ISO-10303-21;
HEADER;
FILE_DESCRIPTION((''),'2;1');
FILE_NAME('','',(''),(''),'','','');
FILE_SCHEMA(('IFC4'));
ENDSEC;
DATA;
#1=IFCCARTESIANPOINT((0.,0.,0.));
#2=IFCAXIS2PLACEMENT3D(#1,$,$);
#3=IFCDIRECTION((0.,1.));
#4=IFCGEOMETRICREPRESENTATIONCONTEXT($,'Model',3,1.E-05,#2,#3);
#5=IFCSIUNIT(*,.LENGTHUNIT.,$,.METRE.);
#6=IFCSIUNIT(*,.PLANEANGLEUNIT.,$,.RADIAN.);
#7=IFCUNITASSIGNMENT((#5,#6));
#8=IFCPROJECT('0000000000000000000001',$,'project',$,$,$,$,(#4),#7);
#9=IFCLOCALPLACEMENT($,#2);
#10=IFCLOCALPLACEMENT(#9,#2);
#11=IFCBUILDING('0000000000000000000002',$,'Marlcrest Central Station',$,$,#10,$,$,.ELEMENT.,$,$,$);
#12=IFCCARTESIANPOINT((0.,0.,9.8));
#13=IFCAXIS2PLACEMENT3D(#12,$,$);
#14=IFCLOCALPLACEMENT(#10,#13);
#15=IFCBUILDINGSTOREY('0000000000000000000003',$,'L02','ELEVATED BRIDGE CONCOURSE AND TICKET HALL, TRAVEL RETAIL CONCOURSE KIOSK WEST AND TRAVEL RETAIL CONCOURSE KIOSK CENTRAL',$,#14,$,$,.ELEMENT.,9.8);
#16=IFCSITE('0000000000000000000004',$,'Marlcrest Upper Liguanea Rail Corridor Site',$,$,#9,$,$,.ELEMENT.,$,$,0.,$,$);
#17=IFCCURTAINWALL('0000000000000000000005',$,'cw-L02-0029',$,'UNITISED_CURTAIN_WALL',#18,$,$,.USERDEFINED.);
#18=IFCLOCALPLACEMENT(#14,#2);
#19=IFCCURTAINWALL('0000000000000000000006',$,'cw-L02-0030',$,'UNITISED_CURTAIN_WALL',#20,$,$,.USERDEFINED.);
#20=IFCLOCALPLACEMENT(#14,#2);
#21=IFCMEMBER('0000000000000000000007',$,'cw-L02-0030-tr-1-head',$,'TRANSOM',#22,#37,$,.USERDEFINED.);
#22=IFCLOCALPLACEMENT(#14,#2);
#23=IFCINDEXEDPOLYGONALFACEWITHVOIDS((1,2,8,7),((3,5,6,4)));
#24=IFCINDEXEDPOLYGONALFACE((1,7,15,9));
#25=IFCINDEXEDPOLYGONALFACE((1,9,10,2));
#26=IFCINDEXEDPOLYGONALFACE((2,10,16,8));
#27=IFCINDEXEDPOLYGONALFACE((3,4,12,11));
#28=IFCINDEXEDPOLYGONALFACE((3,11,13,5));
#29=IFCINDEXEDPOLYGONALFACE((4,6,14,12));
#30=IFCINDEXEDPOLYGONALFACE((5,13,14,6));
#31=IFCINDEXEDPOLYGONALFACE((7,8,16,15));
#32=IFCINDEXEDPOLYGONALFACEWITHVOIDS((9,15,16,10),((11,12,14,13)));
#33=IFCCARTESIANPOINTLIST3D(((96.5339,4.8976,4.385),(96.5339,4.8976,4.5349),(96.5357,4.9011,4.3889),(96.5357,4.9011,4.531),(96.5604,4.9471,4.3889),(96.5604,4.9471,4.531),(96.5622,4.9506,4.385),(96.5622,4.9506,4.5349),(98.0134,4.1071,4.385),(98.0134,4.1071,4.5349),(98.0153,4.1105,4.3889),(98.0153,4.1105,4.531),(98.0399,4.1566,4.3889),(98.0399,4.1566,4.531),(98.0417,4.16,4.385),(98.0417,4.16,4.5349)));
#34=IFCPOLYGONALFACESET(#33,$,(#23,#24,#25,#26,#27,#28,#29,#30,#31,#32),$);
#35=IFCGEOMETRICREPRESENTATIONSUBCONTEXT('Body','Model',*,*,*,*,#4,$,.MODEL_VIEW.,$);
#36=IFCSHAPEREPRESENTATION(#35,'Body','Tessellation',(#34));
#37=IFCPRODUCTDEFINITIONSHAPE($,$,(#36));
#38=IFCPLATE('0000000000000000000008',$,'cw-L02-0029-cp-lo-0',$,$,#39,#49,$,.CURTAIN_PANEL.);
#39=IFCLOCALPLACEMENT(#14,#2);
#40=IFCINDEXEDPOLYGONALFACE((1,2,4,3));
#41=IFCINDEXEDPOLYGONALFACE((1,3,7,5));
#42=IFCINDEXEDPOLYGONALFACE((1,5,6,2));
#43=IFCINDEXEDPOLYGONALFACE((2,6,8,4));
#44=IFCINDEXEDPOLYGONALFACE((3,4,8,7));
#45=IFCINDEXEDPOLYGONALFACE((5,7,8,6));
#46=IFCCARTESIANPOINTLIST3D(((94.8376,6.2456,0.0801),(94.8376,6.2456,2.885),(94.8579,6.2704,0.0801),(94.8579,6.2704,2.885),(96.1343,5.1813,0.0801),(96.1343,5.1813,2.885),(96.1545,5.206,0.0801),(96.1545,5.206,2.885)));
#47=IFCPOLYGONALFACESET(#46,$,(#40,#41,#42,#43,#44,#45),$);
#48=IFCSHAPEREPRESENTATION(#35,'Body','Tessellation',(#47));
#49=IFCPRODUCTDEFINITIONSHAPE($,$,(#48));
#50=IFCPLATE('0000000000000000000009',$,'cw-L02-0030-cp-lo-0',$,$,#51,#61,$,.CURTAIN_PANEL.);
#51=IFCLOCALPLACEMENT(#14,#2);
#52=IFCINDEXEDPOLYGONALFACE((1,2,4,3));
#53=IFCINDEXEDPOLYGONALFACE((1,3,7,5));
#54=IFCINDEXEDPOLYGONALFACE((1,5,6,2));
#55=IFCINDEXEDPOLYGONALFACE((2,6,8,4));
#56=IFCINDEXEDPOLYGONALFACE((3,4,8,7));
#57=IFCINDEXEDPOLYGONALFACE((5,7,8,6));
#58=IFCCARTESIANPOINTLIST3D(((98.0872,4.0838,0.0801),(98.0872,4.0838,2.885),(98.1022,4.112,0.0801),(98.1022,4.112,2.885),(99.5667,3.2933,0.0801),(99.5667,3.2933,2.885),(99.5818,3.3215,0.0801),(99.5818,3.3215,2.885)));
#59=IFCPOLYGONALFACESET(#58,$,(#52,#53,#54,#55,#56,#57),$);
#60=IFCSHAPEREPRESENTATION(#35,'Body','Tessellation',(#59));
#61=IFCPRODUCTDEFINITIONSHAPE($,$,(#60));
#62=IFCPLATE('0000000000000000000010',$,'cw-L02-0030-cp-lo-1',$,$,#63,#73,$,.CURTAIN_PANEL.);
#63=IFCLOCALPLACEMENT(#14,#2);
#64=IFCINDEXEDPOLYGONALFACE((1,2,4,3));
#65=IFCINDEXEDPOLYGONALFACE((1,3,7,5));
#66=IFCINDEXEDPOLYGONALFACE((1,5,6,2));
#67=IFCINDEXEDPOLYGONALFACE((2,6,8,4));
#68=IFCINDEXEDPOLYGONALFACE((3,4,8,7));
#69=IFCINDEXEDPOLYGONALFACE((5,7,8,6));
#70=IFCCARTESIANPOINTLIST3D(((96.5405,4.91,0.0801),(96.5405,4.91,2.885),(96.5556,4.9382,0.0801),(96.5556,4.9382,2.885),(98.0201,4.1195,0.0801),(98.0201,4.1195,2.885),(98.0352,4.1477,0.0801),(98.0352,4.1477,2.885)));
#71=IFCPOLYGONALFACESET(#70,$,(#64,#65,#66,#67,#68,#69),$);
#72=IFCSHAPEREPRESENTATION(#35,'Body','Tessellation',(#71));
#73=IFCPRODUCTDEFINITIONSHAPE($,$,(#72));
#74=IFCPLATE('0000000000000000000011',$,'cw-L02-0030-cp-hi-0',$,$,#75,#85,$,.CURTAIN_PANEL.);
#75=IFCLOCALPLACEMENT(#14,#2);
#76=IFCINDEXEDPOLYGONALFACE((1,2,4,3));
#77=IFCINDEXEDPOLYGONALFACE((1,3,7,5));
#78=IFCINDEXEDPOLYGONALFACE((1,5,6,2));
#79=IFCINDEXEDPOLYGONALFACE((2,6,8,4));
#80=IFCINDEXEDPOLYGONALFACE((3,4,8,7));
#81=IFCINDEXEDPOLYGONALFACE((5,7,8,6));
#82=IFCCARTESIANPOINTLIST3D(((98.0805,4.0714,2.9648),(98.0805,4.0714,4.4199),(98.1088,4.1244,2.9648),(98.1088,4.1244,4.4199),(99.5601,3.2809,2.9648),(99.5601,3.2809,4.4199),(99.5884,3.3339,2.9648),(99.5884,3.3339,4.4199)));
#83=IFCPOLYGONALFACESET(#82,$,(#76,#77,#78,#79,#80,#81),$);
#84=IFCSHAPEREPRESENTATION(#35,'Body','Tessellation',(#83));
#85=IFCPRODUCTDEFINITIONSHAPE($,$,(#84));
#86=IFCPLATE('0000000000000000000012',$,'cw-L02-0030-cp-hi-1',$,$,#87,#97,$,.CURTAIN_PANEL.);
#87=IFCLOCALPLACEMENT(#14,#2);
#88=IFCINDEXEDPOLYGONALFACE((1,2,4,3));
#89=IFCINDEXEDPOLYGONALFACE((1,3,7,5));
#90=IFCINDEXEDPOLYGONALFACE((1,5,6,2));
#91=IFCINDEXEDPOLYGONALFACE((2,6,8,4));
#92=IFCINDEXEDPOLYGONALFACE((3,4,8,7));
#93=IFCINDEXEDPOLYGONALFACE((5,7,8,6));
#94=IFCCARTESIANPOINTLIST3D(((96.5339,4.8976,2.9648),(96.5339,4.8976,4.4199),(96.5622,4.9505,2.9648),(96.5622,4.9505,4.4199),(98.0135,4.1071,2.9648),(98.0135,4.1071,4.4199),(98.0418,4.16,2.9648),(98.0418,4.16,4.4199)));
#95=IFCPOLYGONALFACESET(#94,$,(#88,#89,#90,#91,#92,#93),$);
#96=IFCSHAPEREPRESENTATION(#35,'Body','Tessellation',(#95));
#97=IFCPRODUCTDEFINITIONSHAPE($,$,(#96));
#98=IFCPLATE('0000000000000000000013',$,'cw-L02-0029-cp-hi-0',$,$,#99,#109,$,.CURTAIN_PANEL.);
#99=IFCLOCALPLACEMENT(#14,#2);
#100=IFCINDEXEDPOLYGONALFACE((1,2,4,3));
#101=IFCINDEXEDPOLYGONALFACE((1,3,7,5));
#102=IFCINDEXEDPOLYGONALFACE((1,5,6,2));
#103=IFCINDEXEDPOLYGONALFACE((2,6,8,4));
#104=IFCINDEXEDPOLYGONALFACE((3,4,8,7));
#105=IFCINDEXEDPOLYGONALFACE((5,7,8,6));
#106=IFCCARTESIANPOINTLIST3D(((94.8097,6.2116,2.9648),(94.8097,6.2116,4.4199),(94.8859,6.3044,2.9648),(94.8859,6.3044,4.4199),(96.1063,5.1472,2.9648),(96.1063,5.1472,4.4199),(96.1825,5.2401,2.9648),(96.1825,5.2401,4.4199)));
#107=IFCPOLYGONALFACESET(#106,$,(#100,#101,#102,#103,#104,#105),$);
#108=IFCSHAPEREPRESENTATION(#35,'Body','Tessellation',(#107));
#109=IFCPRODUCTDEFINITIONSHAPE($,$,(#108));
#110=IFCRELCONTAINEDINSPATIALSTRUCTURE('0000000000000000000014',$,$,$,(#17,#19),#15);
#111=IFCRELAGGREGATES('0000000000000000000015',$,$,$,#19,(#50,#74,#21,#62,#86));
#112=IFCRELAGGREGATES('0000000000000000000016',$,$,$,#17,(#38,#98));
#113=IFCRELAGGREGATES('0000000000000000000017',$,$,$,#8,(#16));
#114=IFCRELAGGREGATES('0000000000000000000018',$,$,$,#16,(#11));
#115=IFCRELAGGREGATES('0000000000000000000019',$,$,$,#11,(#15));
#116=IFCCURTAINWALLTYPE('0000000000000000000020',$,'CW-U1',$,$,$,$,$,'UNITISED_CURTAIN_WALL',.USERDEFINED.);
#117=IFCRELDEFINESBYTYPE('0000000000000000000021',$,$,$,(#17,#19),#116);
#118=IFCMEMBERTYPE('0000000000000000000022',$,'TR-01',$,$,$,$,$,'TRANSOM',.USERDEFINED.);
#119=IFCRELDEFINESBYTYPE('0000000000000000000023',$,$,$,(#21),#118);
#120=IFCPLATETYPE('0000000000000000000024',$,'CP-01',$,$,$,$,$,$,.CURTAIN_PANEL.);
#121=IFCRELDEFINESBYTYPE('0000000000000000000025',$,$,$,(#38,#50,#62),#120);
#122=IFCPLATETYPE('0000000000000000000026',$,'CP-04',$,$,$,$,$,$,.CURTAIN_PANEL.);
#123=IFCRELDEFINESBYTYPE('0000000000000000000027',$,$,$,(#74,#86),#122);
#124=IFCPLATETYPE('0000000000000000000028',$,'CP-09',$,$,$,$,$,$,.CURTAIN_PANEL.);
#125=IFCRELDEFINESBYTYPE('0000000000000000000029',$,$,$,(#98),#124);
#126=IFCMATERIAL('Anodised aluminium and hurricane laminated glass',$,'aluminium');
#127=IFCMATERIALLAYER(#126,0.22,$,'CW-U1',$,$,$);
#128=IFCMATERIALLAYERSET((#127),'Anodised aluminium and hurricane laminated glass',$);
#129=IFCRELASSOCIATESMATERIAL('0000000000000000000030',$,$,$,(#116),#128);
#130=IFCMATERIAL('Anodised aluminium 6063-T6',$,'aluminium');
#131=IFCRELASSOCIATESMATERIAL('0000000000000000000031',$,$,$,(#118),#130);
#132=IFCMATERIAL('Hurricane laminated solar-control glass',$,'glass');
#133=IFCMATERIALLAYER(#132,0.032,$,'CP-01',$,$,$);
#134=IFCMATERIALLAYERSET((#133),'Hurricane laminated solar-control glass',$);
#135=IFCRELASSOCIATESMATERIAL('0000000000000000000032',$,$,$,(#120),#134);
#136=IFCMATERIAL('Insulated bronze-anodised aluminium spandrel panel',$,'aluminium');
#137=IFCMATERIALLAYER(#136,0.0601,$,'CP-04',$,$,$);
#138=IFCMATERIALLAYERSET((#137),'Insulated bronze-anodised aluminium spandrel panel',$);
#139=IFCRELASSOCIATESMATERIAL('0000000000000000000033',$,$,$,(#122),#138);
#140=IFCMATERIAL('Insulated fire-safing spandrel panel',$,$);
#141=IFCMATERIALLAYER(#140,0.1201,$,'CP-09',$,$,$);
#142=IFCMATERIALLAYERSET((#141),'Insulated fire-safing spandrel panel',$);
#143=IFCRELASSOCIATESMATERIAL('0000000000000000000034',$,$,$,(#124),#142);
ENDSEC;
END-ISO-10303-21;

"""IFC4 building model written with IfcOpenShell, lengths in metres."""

from ifc_helpers import new_model, si_unit, direction, frame, origin, origin_2d, place, context, subcontext, project, spatial, rectangle, hollow_rectangle, extrude, material, layer, layer_set, material_profile, profile_set, type_object, element, aggregate, save


model = new_model("IFC4")

# Units and contexts
model_context = context("Model", 3, precision=1e-05, world=origin(), true_north=direction((0.0, 1.0)))
body_context = subcontext(model_context, "Body", "Model", "MODEL_VIEW")
ifc_project = project(units=[si_unit("LENGTHUNIT", "METRE"), si_unit("PLANEANGLEUNIT", "RADIAN")], contexts=[model_context])

# Site, building, storey
site_placement = place(None, origin())
site = spatial("IfcSite", under=ifc_project, at=site_placement, Name="Marlcrest Upper Liguanea Rail Corridor Site", CompositionType="ELEMENT", RefElevation=0.0)
building_placement = place(site_placement, origin())
building = spatial("IfcBuilding", under=site, at=building_placement, Name="Marlcrest Central Station", CompositionType="ELEMENT")
storey_placement = place(building_placement, frame((0.0, 0.0, 9.8)))
storey = spatial("IfcBuildingStorey", under=building, at=storey_placement, Name="L02", Description="ELEVATED BRIDGE CONCOURSE AND TICKET HALL, TRAVEL RETAIL CONCOURSE KIOSK WEST AND TRAVEL RETAIL CONCOURSE KIOSK CENTRAL", CompositionType="ELEMENT", Elevation=9.8)

# Curtain walls
ifc_material_1 = material(Name="Anodised aluminium and hurricane laminated glass", Category="aluminium")
ifc_layer_1 = layer(ifc_material_1, 0.22, Name="CW-U1")
ifc_layer_set_1 = layer_set([ifc_layer_1], Name="Anodised aluminium and hurricane laminated glass")
curtain_wall_type = type_object("IfcCurtainWallType", Name="CW-U1", ElementType="UNITISED_CURTAIN_WALL", PredefinedType="USERDEFINED", material=ifc_layer_set_1)
curtain_wall_1_placement = place(storey_placement, origin())
curtain_wall_1 = element("IfcCurtainWall", 1, at=curtain_wall_1_placement, inside=storey, type_object=curtain_wall_type, Name="cw-L02-0029", ObjectType="UNITISED_CURTAIN_WALL", PredefinedType="USERDEFINED")
ifc_material_2 = material(Name="Anodised aluminium 6063-T6", Category="aluminium")
curtain_wall_2_placement = place(storey_placement, origin())
curtain_wall_2 = element("IfcCurtainWall", 2, at=curtain_wall_2_placement, inside=storey, type_object=curtain_wall_type, Name="cw-L02-0030", ObjectType="UNITISED_CURTAIN_WALL", PredefinedType="USERDEFINED")

# Member
ifc_material_profile_1 = material_profile(ifc_material_2, hollow_rectangle(XDim=0.0601, YDim=0.1499, WallThickness=0.0039, at=origin_2d()), Name="AA-RHS 150x60x4")
ifc_profile_set_1 = profile_set([ifc_material_profile_1], Name="Anodised aluminium 6063-T6")
member_type_1 = type_object("IfcMemberType", Name="TR-01", ElementType="TRANSOM", PredefinedType="USERDEFINED", material=ifc_profile_set_1)
member_1_placement = place(storey_placement, frame((98.0276, 4.1335, 4.46), z_axis=(-0.88199, 0.471268, 0.0), x_axis=(-0.471268, -0.88199, 0.0)))
member_1 = element("IfcMember", 3, at=member_1_placement, type_object=member_type_1, Name="cw-L02-0030-tr-1-head", ObjectType="TRANSOM", PredefinedType="USERDEFINED", context=body_context, shape_type="SweptSolid", body=[
    extrude(hollow_rectangle(XDim=0.0601, YDim=0.1499, WallThickness=0.0039, at=origin_2d()), origin(), (0.0, 0.0, 1.0), 1.6775),
])

# Plates
ifc_material_3 = material(Name="Hurricane laminated solar-control glass", Category="glass")
ifc_layer_2 = layer(ifc_material_3, 0.032, Name="CP-01")
ifc_layer_set_2 = layer_set([ifc_layer_2], Name="Hurricane laminated solar-control glass")
plate_type_1 = type_object("IfcPlateType", Name="CP-01", PredefinedType="CURTAIN_PANEL", material=ifc_layer_set_2)
plate_1_placement = place(storey_placement, frame((95.4961, 5.7258, 0.0801), z_axis=(0.0, 0.0, 1.0), x_axis=(-0.772944, 0.634474, 0.0)))
plate_1 = element("IfcPlate", 4, at=plate_1_placement, type_object=plate_type_1, Name="cw-L02-0029-cp-lo-0", PredefinedType="CURTAIN_PANEL", context=body_context, shape_type="SweptSolid", body=[
    extrude(rectangle(XDim=1.6775, YDim=0.032, at=origin_2d()), origin(), (0.0, 0.0, 1.0), 2.8049),
])
plate_2_placement = place(storey_placement, frame((98.8345, 3.7026, 0.0801), z_axis=(0.0, 0.0, 1.0), x_axis=(-0.882004, 0.471243, 0.0)))
plate_2 = element("IfcPlate", 5, at=plate_2_placement, type_object=plate_type_1, Name="cw-L02-0030-cp-lo-0", PredefinedType="CURTAIN_PANEL", context=body_context, shape_type="SweptSolid", body=[
    extrude(rectangle(XDim=1.6775, YDim=0.032, at=origin_2d()), origin(), (0.0, 0.0, 1.0), 2.8049),
])
plate_3_placement = place(storey_placement, frame((97.2878, 4.5288, 0.0801), z_axis=(0.0, 0.0, 1.0), x_axis=(-0.882004, 0.471243, 0.0)))
plate_3 = element("IfcPlate", 6, at=plate_3_placement, type_object=plate_type_1, Name="cw-L02-0030-cp-lo-1", PredefinedType="CURTAIN_PANEL", context=body_context, shape_type="SweptSolid", body=[
    extrude(rectangle(XDim=1.6775, YDim=0.032, at=origin_2d()), origin(), (0.0, 0.0, 1.0), 2.8049),
])
ifc_material_4 = material(Name="Insulated bronze-anodised aluminium spandrel panel", Category="aluminium")
ifc_layer_3 = layer(ifc_material_4, 0.0601, Name="CP-04")
ifc_layer_set_3 = layer_set([ifc_layer_3], Name="Insulated bronze-anodised aluminium spandrel panel")
plate_type_2 = type_object("IfcPlateType", Name="CP-04", PredefinedType="CURTAIN_PANEL", material=ifc_layer_set_3)
plate_4_placement = place(storey_placement, frame((98.8345, 3.7026, 2.9648), z_axis=(0.0, 0.0, 1.0), x_axis=(-0.882004, 0.471243, 0.0)))
plate_4 = element("IfcPlate", 7, at=plate_4_placement, type_object=plate_type_2, Name="cw-L02-0030-cp-hi-0", PredefinedType="CURTAIN_PANEL", context=body_context, shape_type="SweptSolid", body=[
    extrude(rectangle(XDim=1.6775, YDim=0.0601, at=origin_2d()), origin(), (0.0, 0.0, 1.0), 1.4551),
])
plate_5_placement = place(storey_placement, frame((97.2878, 4.5288, 2.9648), z_axis=(0.0, 0.0, 1.0), x_axis=(-0.882004, 0.471243, 0.0)))
plate_5 = element("IfcPlate", 8, at=plate_5_placement, type_object=plate_type_2, Name="cw-L02-0030-cp-hi-1", PredefinedType="CURTAIN_PANEL", context=body_context, shape_type="SweptSolid", body=[
    extrude(rectangle(XDim=1.6775, YDim=0.0601, at=origin_2d()), origin(), (0.0, 0.0, 1.0), 1.4551),
])
aggregate(curtain_wall_2, [plate_2, plate_4, member_1, plate_3, plate_5])
ifc_material_5 = material(Name="Insulated fire-safing spandrel panel")
ifc_layer_4 = layer(ifc_material_5, 0.1201, Name="CP-09")
ifc_layer_set_4 = layer_set([ifc_layer_4], Name="Insulated fire-safing spandrel panel")
plate_type_3 = type_object("IfcPlateType", Name="CP-09", PredefinedType="CURTAIN_PANEL", material=ifc_layer_set_4)
plate_6_placement = place(storey_placement, frame((95.4961, 5.7258, 2.9648), z_axis=(0.0, 0.0, 1.0), x_axis=(-0.772944, 0.634474, 0.0)))
plate_6 = element("IfcPlate", 9, at=plate_6_placement, type_object=plate_type_3, Name="cw-L02-0029-cp-hi-0", PredefinedType="CURTAIN_PANEL", context=body_context, shape_type="SweptSolid", body=[
    extrude(rectangle(XDim=1.6775, YDim=0.1201, at=origin_2d()), origin(), (0.0, 0.0, 1.0), 1.4551),
])
aggregate(curtain_wall_1, [plate_1, plate_6])

save(model, "model.ifc")
